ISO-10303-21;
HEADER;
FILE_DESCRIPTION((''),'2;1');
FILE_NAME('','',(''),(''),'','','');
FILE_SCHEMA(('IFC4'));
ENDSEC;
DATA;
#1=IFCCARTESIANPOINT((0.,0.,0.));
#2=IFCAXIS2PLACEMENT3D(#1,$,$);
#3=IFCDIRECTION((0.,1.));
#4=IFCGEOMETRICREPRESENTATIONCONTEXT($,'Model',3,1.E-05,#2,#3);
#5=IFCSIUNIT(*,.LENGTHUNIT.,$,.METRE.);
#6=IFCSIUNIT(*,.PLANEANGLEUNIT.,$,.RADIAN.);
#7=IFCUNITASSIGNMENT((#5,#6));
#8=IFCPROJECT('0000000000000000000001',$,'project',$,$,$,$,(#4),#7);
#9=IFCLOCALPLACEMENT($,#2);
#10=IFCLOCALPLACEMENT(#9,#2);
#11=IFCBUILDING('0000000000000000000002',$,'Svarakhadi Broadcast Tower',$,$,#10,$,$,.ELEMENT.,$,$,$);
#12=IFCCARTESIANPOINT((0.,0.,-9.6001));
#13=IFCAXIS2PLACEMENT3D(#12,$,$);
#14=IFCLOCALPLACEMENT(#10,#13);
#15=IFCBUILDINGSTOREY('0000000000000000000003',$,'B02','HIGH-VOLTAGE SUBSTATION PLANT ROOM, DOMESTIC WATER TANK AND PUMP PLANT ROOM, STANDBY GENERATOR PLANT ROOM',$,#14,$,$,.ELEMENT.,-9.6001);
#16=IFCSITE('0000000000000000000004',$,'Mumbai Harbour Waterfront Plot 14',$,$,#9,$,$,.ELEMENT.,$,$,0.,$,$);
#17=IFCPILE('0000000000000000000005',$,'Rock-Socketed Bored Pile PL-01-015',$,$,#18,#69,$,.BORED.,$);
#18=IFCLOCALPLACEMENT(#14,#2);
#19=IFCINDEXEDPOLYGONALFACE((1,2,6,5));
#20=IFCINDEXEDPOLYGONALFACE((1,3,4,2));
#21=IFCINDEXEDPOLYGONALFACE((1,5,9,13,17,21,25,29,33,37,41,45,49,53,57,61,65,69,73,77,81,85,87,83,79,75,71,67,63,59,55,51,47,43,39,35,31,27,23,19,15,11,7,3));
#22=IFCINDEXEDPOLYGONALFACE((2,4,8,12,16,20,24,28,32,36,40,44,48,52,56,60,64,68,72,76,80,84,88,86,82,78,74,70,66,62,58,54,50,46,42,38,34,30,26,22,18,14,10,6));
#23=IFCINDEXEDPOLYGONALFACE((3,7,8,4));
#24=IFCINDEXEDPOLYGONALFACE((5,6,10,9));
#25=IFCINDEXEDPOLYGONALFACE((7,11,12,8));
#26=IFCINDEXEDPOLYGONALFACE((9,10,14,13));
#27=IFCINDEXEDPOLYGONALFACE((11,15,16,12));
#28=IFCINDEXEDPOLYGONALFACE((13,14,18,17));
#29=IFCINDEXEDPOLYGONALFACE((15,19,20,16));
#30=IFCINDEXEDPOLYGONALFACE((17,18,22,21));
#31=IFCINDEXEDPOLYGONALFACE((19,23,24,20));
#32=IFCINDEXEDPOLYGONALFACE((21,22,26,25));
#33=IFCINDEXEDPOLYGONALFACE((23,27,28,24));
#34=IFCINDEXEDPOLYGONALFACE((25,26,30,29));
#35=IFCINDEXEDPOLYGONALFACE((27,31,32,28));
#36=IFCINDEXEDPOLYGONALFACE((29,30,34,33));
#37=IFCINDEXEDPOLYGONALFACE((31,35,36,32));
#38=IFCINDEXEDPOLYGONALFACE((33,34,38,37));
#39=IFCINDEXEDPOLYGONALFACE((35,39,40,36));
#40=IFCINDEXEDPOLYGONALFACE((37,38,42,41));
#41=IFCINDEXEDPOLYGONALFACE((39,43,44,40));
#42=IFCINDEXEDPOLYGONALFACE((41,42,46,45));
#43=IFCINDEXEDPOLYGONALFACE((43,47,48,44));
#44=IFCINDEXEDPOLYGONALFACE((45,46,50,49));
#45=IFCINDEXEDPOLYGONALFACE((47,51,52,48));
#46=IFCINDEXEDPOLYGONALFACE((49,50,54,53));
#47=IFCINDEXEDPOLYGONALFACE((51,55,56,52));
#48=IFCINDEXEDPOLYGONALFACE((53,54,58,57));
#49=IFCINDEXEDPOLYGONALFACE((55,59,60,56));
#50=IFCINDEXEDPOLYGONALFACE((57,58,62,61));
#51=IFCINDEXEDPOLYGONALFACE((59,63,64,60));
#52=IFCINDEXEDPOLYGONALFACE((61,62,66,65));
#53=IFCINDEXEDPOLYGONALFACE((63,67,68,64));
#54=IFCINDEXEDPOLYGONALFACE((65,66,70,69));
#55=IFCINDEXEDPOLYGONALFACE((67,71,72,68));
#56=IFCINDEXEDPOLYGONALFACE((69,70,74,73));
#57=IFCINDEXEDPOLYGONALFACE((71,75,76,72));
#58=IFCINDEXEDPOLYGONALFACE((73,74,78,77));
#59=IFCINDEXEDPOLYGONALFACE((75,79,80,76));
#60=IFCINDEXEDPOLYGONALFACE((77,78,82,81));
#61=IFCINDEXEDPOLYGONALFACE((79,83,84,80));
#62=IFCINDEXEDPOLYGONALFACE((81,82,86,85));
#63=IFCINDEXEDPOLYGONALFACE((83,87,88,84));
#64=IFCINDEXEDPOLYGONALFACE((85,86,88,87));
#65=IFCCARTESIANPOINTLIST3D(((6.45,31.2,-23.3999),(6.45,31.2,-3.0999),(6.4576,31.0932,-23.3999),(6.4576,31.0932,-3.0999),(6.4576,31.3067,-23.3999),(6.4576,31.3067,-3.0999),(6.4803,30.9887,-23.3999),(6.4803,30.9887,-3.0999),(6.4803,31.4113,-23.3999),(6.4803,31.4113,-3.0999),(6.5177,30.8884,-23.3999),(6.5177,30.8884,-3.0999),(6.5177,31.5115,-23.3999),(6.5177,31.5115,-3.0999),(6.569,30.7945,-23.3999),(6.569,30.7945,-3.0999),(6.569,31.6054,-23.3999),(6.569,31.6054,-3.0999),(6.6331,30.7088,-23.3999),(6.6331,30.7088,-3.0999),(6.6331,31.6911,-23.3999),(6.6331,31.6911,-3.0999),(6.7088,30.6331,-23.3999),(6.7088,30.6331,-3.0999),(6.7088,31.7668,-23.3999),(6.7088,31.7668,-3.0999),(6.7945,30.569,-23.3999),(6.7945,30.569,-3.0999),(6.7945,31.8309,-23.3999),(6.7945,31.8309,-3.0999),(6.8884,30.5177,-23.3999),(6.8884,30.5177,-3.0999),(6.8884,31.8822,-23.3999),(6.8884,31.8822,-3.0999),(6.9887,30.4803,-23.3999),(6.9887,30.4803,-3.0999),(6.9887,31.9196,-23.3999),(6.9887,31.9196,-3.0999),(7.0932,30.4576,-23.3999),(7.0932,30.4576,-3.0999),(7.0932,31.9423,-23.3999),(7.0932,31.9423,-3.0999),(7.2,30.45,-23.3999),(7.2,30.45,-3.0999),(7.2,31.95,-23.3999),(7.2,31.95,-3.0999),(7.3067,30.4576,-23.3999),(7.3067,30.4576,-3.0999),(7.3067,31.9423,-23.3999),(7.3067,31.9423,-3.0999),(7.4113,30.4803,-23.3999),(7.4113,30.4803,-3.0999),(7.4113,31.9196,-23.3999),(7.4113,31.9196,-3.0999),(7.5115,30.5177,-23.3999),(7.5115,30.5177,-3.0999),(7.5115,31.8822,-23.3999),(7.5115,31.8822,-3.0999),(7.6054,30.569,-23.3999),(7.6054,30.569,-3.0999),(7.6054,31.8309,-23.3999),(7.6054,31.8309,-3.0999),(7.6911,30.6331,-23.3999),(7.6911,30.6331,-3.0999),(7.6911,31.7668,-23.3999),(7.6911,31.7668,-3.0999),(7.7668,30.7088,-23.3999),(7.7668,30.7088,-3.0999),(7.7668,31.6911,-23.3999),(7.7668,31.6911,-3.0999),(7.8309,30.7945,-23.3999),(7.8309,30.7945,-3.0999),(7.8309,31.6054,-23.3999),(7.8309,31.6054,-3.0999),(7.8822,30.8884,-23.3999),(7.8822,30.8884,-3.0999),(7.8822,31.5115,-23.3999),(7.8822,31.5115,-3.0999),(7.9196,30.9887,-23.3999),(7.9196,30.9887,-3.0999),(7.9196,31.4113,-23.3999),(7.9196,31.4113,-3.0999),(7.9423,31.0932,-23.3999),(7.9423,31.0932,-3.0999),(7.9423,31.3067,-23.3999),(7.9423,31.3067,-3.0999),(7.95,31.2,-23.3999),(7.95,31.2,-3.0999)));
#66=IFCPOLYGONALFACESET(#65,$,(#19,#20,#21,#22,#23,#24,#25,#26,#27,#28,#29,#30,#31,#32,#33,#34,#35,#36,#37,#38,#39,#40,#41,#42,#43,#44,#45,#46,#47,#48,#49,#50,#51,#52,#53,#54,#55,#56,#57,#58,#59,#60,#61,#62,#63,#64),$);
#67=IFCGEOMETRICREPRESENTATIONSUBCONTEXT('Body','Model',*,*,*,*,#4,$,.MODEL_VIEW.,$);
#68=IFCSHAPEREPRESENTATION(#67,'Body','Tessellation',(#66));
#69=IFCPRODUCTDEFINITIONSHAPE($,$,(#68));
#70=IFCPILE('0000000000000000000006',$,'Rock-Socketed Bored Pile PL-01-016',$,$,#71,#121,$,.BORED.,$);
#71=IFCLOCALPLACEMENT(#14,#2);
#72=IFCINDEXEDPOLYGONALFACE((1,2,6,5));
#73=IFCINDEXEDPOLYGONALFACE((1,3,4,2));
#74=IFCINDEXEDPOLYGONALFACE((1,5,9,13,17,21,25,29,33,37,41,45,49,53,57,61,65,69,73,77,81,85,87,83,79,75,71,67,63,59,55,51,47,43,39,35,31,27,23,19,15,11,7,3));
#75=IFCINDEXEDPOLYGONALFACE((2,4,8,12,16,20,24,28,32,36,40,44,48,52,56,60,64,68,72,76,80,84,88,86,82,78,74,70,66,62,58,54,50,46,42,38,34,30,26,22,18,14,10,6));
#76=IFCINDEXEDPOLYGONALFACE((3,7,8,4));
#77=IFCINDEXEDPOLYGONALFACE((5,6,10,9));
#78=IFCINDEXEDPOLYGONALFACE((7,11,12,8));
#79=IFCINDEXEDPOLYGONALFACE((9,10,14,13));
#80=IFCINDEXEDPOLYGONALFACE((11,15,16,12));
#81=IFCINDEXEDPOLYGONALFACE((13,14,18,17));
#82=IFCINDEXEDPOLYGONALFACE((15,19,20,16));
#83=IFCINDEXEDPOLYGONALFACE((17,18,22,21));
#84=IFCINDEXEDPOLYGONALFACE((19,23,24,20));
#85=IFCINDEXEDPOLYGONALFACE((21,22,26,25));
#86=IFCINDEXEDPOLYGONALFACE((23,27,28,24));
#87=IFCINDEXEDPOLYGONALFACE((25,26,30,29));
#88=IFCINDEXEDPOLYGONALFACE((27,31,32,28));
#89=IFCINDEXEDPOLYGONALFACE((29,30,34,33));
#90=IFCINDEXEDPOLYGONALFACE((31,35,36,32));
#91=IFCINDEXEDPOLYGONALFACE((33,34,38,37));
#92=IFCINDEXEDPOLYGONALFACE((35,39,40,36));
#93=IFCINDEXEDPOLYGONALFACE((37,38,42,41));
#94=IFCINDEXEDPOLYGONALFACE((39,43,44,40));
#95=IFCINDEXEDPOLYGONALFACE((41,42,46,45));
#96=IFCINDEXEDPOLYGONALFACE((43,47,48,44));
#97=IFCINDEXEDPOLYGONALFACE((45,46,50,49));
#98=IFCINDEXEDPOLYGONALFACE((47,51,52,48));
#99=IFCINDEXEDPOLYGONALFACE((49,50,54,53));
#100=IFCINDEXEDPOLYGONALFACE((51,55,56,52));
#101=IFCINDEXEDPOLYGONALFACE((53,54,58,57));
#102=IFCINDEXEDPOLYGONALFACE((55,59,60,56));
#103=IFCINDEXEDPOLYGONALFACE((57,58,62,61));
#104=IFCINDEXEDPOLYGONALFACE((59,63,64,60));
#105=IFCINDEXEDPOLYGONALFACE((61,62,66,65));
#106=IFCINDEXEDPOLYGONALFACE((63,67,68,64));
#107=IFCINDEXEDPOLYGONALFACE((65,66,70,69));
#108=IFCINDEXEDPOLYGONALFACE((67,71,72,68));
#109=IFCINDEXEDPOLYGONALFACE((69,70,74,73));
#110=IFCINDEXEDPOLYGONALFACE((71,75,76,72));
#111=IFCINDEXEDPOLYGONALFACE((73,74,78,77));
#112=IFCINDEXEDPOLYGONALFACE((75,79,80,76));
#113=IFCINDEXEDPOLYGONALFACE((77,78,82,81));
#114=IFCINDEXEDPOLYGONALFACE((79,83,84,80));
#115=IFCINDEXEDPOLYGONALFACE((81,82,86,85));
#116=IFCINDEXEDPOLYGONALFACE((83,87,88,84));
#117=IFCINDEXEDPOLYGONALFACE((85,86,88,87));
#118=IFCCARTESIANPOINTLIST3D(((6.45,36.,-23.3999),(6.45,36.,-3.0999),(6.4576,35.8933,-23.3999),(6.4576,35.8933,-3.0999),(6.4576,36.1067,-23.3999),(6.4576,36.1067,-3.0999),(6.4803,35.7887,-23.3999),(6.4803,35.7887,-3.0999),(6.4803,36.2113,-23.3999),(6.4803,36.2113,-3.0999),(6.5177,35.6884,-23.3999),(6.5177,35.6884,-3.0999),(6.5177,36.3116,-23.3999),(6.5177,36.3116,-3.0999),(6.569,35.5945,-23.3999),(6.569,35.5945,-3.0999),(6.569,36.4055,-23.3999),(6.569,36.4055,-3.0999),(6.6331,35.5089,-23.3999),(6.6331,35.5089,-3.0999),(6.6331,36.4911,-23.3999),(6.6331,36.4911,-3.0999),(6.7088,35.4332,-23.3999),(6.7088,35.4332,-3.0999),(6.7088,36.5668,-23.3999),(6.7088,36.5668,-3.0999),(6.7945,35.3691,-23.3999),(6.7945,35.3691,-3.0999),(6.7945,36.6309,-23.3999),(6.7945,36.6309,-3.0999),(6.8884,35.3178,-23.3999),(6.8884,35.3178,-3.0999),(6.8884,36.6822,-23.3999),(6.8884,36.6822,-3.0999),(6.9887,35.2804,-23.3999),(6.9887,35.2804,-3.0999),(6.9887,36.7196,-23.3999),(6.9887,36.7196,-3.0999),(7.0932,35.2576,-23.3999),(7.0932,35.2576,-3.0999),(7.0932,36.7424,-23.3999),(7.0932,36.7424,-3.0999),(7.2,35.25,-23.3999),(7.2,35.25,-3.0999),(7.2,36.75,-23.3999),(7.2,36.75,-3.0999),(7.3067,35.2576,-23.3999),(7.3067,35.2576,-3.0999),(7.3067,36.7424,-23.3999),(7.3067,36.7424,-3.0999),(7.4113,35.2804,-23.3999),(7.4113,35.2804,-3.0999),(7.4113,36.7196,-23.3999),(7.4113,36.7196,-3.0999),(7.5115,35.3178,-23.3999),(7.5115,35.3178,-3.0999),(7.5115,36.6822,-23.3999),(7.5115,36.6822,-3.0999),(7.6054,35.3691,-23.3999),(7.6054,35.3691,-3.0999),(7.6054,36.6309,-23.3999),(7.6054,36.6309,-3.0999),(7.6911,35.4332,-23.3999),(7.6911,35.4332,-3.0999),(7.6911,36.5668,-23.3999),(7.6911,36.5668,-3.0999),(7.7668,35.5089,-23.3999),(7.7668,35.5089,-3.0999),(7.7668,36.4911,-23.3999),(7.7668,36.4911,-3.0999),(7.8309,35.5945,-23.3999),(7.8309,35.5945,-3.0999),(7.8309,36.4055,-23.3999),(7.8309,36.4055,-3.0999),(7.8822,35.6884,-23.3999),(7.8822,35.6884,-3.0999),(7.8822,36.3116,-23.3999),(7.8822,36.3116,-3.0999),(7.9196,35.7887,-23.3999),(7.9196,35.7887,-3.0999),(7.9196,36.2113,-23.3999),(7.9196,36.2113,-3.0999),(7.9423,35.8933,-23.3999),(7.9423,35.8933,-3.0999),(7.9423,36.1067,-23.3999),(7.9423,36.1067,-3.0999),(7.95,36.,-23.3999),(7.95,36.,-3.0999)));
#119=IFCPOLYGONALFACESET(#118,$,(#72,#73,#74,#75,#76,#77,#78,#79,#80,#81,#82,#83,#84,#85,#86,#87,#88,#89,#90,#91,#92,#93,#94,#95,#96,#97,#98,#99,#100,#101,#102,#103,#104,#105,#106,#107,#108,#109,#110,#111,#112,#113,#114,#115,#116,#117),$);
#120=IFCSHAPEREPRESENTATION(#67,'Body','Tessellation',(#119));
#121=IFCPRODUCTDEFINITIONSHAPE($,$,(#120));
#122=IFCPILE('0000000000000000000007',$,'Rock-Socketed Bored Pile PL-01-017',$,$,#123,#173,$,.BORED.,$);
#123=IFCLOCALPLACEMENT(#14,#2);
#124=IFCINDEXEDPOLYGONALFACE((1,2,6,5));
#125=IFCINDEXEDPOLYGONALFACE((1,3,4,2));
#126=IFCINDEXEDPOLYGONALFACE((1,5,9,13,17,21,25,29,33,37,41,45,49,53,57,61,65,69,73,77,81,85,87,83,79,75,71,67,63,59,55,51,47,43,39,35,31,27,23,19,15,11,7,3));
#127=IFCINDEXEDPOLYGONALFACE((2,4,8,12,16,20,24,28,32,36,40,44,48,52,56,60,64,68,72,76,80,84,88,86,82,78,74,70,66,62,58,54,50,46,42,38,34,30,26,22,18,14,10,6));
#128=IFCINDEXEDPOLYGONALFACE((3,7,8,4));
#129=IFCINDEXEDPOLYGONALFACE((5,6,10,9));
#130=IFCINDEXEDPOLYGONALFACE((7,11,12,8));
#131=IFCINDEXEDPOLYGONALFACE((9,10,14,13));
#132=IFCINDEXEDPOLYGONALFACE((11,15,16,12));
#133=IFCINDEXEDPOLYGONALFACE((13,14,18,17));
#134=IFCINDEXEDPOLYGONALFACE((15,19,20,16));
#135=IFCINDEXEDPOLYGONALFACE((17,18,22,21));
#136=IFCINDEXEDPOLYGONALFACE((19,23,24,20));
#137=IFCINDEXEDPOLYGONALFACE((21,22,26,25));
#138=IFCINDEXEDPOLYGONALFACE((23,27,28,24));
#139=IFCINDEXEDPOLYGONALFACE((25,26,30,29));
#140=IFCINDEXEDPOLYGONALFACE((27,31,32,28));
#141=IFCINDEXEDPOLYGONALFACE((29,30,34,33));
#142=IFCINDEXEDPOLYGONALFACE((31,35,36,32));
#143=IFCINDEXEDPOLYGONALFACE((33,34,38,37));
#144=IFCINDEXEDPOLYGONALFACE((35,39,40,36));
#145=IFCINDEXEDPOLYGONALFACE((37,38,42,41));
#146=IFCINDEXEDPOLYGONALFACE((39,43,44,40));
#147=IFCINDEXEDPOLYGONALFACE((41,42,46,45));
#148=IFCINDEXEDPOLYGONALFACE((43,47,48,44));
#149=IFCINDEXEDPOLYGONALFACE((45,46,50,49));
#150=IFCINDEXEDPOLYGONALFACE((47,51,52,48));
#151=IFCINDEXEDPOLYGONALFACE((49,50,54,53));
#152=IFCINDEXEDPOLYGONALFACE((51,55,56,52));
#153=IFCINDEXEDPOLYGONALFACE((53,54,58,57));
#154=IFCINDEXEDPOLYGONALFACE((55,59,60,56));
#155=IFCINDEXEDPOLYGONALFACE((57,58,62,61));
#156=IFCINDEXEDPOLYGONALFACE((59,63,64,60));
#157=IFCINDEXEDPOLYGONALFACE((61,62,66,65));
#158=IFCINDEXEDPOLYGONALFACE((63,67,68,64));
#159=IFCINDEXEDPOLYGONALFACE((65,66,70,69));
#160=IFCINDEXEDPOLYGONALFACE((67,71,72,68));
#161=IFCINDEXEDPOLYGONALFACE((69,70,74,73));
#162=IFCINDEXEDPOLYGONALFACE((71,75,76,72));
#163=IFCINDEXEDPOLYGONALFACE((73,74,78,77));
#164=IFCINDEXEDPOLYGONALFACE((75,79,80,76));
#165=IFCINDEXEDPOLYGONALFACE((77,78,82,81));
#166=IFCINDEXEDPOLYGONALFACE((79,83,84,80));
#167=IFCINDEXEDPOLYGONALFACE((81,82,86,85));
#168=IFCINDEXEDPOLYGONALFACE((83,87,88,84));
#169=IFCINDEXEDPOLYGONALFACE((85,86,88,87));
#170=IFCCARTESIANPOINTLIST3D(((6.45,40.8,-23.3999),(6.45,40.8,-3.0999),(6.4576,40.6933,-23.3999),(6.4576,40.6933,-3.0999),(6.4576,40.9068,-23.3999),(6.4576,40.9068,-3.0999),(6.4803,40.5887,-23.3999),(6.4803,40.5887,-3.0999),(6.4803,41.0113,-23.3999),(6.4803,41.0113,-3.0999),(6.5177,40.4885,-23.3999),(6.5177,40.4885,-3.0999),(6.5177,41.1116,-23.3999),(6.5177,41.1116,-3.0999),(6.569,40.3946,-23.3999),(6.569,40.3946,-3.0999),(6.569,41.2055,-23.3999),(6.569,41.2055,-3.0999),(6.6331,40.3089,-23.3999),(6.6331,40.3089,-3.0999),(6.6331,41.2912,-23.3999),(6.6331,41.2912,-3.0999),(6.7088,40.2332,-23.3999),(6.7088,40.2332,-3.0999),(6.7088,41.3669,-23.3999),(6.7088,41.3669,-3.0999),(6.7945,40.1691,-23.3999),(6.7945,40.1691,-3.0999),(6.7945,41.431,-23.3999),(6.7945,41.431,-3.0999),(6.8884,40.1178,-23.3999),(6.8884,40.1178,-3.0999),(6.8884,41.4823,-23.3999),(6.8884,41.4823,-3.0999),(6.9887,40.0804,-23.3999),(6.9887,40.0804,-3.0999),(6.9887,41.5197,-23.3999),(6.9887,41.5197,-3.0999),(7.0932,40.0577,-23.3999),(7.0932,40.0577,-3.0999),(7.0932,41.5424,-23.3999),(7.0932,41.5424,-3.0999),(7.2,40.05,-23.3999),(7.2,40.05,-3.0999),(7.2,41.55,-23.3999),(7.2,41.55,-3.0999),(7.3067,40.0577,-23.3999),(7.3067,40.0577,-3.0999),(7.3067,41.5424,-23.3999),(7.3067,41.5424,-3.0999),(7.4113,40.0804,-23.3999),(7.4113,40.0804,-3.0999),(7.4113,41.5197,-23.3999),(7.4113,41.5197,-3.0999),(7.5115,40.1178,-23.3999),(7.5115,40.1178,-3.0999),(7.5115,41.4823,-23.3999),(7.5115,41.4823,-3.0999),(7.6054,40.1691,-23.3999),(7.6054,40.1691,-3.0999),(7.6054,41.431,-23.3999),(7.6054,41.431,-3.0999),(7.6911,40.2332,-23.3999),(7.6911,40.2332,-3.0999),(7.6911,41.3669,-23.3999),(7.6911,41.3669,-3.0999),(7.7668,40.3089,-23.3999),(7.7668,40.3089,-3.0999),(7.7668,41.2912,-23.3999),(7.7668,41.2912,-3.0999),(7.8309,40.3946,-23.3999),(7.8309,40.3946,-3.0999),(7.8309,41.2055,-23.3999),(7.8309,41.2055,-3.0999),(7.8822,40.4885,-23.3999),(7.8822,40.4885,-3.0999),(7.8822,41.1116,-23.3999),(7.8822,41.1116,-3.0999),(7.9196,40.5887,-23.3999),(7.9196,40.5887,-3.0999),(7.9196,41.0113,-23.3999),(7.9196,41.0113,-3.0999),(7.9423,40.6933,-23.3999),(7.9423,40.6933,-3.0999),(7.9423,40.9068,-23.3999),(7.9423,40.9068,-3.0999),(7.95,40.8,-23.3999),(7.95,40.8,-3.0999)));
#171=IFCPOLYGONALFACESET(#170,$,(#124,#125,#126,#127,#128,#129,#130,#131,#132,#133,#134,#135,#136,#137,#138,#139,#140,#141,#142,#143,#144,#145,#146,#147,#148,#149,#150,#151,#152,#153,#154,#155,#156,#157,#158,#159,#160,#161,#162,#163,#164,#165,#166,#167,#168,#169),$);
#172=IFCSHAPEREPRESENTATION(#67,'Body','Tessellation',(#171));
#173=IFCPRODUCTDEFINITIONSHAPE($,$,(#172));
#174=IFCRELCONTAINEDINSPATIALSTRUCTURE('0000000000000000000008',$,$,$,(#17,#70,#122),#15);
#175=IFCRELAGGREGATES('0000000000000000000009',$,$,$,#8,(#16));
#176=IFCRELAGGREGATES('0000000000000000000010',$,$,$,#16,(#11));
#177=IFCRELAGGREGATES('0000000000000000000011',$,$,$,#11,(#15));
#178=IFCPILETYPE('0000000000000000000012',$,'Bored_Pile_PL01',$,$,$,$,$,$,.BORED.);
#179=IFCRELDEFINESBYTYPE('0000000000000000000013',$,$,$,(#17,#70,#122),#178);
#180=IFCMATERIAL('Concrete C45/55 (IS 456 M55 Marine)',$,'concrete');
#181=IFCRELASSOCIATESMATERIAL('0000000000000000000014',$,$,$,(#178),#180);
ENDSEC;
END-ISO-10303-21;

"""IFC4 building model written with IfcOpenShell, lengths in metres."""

from ifc_helpers import new_model, si_unit, direction, frame, origin, origin_2d, place, context, subcontext, project, spatial, circle, extrude, material, material_profile, profile_set, type_object, element, save


model = new_model("IFC4")

# Units and contexts
model_context = context("Model", 3, precision=1e-05, world=origin(), true_north=direction((0.0, 1.0)))
body_context = subcontext(model_context, "Body", "Model", "MODEL_VIEW")
ifc_project = project(units=[si_unit("LENGTHUNIT", "METRE"), si_unit("PLANEANGLEUNIT", "RADIAN")], contexts=[model_context])

# Site, building, storey
site_placement = place(None, origin())
site = spatial("IfcSite", under=ifc_project, at=site_placement, Name="Mumbai Harbour Waterfront Plot 14", CompositionType="ELEMENT", RefElevation=0.0)
building_placement = place(site_placement, origin())
building = spatial("IfcBuilding", under=site, at=building_placement, Name="Svarakhadi Broadcast Tower", CompositionType="ELEMENT")
storey_placement = place(building_placement, frame((0.0, 0.0, -9.6001)))
storey = spatial("IfcBuildingStorey", under=building, at=storey_placement, Name="B02", Description="HIGH-VOLTAGE SUBSTATION PLANT ROOM, DOMESTIC WATER TANK AND PUMP PLANT ROOM, STANDBY GENERATOR PLANT ROOM", CompositionType="ELEMENT", Elevation=-9.6001)

# Piles
ifc_material_1 = material(Name="Concrete C45/55 (IS 456 M55 Marine)", Category="concrete")
ifc_material_profile_1 = material_profile(ifc_material_1, circle(Radius=0.75, at=origin_2d()), Name="PILE D1500")
ifc_profile_set_1 = profile_set([ifc_material_profile_1], Name="Concrete C45/55 (IS 456 M55 Marine)")
pile_type = type_object("IfcPileType", Name="Bored_Pile_PL01", PredefinedType="BORED", material=ifc_profile_set_1)
for number, where, z_axis, x_axis, name in (
    (1, (7.2, 31.2, -3.0999), (0.0, 0.0, -1.0), (1.0, 0.0, 0.0), "Rock-Socketed Bored Pile PL-01-015"),
    (2, (7.2, 36.0, -3.0999), (0.0, 0.0, -1.0), (1.0, 0.0, 0.0), "Rock-Socketed Bored Pile PL-01-016"),
    (3, (7.2, 40.8, -3.0999), (0.0, 0.0, -1.0), (1.0, 0.0, 0.0), "Rock-Socketed Bored Pile PL-01-017"),
):
    element("IfcPile", number, at=place(storey_placement, frame(where, z_axis=z_axis, x_axis=x_axis)), inside=storey, type_object=pile_type, Name=name, PredefinedType="BORED", context=body_context, shape_type="SweptSolid", body=[
        extrude(circle(Radius=0.75, at=origin_2d()), origin(), (0.0, 0.0, 1.0), 20.3),
    ])

save(model, "model.ifc")
